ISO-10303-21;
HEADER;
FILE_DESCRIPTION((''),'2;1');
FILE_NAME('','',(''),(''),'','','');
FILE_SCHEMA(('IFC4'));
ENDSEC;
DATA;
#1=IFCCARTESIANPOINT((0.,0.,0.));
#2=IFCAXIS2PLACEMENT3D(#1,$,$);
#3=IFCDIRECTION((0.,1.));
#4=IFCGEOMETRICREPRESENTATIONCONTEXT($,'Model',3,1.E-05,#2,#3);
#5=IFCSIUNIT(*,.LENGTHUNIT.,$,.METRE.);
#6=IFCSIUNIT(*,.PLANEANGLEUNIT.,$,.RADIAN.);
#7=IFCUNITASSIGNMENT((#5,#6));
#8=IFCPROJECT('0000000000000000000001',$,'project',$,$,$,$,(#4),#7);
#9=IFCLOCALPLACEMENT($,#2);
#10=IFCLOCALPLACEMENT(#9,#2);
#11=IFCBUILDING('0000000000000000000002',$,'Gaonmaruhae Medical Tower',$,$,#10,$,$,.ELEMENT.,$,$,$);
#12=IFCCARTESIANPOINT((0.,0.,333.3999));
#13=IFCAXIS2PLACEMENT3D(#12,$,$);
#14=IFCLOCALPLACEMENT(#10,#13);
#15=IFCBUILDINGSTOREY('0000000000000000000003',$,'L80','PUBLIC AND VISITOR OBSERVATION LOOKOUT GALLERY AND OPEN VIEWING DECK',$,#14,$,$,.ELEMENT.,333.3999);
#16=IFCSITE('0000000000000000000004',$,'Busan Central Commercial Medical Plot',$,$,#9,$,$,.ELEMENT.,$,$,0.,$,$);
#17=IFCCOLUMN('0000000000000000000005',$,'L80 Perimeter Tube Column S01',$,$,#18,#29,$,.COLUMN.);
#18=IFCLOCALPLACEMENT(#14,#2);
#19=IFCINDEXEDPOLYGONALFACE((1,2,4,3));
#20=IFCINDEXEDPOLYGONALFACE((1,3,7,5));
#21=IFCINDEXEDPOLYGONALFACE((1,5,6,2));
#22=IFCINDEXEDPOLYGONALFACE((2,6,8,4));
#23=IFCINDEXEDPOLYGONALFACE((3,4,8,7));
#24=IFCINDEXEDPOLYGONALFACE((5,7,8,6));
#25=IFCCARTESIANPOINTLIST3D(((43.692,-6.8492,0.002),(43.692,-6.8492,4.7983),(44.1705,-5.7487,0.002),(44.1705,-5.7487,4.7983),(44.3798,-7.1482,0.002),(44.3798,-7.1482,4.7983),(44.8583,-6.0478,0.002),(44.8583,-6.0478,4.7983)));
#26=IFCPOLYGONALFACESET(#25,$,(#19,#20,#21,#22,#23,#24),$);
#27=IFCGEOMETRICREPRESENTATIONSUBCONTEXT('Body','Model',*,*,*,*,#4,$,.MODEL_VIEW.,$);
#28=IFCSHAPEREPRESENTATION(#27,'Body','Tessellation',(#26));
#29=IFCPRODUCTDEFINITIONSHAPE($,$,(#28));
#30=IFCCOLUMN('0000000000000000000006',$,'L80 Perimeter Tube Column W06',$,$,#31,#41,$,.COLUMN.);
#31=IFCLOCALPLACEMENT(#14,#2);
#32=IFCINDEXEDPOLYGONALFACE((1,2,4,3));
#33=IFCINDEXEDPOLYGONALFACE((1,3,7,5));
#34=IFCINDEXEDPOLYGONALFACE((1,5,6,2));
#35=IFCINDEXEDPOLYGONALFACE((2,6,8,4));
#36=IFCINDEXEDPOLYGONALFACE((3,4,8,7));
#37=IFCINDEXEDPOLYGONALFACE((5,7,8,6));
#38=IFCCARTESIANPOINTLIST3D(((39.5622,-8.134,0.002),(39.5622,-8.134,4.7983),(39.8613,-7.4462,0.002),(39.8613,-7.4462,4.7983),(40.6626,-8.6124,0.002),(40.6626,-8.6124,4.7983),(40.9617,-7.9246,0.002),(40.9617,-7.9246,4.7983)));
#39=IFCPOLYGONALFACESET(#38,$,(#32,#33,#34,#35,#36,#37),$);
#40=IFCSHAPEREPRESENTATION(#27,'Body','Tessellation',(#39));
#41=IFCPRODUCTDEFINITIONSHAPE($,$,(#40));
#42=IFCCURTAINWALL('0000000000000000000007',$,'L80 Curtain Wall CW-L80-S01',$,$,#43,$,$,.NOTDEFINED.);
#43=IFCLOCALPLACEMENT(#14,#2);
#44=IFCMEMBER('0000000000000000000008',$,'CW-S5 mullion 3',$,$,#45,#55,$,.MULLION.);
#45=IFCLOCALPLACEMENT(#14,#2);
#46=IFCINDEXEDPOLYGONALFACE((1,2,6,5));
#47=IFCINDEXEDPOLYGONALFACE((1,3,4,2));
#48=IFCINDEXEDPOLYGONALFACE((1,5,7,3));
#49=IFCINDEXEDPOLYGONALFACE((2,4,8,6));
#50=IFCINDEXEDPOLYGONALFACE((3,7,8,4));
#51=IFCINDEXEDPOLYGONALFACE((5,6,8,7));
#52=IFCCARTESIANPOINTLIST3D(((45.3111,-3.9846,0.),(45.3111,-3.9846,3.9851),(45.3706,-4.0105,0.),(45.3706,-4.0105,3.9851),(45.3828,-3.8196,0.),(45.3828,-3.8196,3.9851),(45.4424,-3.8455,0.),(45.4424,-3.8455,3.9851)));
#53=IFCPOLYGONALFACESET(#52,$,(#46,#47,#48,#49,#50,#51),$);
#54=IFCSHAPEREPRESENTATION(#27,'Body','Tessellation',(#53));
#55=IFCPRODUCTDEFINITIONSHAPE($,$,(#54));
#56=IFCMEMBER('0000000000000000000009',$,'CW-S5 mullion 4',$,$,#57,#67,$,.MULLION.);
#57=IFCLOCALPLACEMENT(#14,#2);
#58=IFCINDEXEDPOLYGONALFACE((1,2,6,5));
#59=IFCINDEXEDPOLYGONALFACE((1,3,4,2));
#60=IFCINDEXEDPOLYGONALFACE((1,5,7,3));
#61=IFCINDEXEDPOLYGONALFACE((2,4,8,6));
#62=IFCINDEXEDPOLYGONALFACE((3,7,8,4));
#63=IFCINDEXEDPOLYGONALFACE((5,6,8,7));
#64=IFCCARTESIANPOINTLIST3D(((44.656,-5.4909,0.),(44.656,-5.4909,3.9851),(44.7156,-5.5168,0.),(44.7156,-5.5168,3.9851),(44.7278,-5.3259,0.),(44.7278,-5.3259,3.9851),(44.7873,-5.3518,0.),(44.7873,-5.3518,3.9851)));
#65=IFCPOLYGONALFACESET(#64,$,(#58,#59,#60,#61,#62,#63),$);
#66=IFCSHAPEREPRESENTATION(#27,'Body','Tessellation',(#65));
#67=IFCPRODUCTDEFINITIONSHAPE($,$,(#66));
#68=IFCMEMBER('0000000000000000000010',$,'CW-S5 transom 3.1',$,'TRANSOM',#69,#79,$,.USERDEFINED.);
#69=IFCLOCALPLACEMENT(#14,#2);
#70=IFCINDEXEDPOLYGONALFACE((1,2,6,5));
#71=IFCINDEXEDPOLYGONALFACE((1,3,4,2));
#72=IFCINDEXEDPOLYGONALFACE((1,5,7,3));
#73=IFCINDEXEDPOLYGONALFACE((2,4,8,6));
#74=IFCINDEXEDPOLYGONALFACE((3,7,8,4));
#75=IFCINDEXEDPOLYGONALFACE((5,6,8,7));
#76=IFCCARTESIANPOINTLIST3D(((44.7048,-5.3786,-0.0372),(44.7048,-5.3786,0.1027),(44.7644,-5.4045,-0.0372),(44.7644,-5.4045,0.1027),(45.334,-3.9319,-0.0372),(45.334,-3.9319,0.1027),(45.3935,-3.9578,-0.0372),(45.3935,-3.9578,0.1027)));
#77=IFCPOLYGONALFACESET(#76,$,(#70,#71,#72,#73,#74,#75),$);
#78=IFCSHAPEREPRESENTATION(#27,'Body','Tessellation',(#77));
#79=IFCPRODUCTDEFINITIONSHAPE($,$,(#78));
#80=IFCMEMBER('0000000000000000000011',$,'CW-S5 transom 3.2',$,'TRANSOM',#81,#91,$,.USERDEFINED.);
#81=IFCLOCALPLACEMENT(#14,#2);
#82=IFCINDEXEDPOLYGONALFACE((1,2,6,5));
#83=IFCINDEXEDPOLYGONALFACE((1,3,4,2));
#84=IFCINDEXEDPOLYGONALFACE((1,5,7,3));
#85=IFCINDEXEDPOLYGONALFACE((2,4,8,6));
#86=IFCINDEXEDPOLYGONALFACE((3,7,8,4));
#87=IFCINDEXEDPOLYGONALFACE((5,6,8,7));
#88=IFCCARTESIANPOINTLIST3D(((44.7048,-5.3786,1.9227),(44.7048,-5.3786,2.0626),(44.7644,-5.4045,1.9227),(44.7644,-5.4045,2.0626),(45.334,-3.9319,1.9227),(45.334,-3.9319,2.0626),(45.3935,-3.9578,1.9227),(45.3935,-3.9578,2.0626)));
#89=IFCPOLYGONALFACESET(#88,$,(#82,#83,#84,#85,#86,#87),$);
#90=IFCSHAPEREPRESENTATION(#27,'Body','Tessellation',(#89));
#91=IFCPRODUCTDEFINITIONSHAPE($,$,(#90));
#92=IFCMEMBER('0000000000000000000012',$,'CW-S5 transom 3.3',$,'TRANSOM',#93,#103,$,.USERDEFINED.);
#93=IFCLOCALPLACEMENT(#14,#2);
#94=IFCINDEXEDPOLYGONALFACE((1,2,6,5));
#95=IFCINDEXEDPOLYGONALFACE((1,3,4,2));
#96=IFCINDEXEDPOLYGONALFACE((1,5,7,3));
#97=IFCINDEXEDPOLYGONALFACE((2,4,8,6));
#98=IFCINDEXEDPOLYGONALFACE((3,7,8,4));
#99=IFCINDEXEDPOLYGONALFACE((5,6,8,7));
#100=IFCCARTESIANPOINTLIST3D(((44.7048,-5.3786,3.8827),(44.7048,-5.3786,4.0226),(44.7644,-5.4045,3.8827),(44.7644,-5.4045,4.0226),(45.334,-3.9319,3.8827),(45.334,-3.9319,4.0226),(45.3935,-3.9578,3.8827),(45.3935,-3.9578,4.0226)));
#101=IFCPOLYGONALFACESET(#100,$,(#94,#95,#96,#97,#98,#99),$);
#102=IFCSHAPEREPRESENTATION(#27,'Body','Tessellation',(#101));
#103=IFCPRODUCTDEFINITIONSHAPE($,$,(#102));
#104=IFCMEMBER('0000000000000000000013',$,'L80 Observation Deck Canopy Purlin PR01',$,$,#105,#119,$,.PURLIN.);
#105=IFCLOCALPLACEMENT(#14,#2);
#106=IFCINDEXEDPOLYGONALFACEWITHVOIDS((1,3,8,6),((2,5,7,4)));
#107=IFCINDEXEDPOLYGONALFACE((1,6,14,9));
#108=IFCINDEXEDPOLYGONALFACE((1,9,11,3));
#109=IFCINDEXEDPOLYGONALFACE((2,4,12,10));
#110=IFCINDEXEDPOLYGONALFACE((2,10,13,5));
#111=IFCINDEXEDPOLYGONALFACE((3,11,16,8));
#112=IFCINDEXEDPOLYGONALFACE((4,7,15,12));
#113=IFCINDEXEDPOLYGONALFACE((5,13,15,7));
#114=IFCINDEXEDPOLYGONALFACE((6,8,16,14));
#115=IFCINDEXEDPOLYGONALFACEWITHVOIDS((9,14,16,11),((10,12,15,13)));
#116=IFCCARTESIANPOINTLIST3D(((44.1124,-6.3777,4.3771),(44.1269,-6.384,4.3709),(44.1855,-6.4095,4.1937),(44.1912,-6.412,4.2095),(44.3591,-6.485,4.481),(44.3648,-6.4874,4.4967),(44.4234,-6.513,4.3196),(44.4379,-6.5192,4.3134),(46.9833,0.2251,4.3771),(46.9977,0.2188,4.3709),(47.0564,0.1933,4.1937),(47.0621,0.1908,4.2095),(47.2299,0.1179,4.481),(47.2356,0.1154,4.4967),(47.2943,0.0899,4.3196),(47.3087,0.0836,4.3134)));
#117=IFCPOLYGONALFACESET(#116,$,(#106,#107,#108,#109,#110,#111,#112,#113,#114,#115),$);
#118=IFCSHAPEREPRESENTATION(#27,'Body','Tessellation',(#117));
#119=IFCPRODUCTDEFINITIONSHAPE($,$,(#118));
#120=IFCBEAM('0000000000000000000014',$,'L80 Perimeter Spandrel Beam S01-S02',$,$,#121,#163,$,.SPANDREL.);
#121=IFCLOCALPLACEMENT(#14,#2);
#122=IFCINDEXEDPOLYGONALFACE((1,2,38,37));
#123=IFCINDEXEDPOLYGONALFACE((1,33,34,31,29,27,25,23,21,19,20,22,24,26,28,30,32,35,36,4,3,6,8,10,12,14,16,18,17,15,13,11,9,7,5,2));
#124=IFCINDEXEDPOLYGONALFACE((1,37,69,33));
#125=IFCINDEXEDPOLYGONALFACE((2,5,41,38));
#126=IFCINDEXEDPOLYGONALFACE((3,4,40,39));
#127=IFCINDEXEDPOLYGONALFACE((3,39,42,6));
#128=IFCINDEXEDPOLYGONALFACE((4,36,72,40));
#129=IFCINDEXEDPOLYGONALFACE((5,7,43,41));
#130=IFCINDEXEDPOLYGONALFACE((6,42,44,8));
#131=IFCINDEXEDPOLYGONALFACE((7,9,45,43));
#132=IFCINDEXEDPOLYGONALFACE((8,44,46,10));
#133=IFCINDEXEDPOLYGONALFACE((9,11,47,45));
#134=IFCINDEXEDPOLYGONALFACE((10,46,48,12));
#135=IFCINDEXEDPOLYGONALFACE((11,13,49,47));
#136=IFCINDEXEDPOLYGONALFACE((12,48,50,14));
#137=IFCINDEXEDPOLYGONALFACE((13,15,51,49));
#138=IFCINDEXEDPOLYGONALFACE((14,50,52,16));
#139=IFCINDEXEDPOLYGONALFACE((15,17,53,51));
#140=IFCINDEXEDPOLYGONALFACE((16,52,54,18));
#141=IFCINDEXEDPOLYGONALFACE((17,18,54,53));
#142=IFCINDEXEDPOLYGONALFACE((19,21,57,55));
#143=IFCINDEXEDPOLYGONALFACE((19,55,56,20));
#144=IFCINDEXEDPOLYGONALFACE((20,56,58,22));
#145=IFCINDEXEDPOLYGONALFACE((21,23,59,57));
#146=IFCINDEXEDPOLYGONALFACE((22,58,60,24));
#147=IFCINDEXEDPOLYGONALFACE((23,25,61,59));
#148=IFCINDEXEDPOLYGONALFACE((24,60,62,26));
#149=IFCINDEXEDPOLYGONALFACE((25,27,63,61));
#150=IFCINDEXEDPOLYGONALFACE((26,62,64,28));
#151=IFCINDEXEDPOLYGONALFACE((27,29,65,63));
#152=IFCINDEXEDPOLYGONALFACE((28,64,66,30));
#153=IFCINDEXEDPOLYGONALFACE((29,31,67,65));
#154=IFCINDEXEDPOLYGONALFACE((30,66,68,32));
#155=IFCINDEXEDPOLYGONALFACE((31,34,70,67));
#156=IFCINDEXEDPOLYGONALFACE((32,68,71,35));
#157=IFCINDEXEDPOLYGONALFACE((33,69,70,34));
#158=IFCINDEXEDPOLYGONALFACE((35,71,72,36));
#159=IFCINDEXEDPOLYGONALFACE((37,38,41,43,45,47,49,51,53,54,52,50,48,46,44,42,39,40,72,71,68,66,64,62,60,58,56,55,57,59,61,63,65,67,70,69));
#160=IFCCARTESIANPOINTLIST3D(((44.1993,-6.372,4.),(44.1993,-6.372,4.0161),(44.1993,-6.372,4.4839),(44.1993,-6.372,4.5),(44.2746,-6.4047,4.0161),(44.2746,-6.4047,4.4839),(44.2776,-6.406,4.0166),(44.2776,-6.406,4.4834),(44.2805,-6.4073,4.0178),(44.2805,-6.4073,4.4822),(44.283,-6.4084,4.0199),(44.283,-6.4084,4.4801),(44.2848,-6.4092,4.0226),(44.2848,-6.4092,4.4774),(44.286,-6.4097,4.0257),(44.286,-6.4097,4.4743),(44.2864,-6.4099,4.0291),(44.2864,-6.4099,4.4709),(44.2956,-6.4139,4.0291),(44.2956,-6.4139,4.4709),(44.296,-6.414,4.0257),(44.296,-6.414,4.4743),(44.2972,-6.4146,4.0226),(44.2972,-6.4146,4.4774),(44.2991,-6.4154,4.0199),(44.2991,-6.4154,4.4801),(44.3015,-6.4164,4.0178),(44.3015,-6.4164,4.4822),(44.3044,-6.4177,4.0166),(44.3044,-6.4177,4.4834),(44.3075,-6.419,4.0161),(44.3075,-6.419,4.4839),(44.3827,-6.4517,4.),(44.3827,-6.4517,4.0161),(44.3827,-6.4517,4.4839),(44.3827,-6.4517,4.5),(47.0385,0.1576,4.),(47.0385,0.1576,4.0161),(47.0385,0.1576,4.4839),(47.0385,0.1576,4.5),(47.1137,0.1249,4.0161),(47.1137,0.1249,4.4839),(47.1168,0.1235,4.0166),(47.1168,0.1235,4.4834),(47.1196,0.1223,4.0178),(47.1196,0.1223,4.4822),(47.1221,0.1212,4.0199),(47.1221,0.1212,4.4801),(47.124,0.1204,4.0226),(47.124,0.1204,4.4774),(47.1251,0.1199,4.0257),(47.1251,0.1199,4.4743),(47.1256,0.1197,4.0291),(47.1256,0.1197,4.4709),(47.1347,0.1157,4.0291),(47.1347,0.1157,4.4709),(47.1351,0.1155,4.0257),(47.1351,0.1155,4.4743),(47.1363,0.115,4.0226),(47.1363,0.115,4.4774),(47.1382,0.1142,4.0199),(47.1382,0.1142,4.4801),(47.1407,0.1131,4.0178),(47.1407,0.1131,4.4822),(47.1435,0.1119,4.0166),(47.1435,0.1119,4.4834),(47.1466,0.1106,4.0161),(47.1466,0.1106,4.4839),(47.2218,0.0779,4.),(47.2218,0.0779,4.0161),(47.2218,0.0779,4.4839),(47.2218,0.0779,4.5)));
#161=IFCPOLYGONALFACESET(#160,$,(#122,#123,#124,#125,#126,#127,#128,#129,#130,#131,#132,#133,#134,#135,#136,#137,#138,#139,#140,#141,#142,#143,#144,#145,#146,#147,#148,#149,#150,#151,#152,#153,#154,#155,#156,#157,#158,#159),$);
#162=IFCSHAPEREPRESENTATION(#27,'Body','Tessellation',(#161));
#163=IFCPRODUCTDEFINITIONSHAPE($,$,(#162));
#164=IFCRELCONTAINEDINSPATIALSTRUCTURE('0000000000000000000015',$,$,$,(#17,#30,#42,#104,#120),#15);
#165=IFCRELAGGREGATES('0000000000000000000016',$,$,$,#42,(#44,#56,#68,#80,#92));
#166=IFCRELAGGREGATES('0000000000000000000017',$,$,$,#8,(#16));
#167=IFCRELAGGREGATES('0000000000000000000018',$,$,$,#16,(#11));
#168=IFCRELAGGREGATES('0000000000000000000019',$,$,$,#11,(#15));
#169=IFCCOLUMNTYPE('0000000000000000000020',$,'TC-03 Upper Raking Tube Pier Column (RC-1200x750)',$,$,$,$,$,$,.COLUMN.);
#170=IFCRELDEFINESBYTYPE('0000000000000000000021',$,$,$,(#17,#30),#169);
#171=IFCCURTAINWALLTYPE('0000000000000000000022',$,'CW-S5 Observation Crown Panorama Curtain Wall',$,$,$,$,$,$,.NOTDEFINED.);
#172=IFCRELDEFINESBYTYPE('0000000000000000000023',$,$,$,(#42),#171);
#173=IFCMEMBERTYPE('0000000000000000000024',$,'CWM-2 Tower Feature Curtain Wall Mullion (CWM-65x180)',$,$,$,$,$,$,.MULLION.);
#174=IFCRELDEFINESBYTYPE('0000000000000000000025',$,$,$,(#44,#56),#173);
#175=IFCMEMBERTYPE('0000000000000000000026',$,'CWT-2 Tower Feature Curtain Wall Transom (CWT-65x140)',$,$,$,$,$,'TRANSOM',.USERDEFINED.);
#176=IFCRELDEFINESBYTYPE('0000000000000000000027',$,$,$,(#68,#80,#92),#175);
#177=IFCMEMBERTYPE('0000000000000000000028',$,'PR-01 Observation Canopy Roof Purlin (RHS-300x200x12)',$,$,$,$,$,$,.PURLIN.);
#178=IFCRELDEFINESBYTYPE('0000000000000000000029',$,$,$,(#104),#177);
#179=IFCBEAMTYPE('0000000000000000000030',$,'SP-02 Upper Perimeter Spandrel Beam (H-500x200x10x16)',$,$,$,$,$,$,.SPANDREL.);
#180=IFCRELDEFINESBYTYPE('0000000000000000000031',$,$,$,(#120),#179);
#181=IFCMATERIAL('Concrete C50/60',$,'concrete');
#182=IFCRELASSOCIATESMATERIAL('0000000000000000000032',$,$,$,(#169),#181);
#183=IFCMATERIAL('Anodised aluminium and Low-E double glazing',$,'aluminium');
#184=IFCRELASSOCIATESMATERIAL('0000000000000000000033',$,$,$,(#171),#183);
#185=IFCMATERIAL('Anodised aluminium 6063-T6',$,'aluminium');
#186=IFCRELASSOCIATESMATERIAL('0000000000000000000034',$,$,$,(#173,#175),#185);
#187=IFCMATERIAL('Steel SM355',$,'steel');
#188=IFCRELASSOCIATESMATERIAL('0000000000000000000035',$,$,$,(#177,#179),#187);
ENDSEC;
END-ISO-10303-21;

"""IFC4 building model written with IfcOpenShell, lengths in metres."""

from ifc_helpers import new_model, si_unit, direction, frame, origin, origin_2d, place, context, subcontext, project, spatial, rectangle, hollow_rectangle, i_section, extrude, material, material_profile, profile_set, type_object, element, aggregate, save


model = new_model("IFC4")

# Units and contexts
model_context = context("Model", 3, precision=1e-05, world=origin(), true_north=direction((0.0, 1.0)))
body_context = subcontext(model_context, "Body", "Model", "MODEL_VIEW")
ifc_project = project(units=[si_unit("LENGTHUNIT", "METRE"), si_unit("PLANEANGLEUNIT", "RADIAN")], contexts=[model_context])

# Site, building, storey
site_placement = place(None, origin())
site = spatial("IfcSite", under=ifc_project, at=site_placement, Name="Busan Central Commercial Medical Plot", CompositionType="ELEMENT", RefElevation=0.0)
building_placement = place(site_placement, origin())
building = spatial("IfcBuilding", under=site, at=building_placement, Name="Gaonmaruhae Medical Tower", CompositionType="ELEMENT")
storey_placement = place(building_placement, frame((0.0, 0.0, 333.3999)))
storey = spatial("IfcBuildingStorey", under=building, at=storey_placement, Name="L80", Description="PUBLIC AND VISITOR OBSERVATION LOOKOUT GALLERY AND OPEN VIEWING DECK", CompositionType="ELEMENT", Elevation=333.3999)

# Columns
ifc_material_1 = material(Name="Concrete C50/60", Category="concrete")
ifc_material_profile_1 = material_profile(ifc_material_1, rectangle(XDim=1.2, YDim=0.75, at=origin_2d()), Name="RC-1200x750")
ifc_profile_set_1 = profile_set([ifc_material_profile_1], Name="Concrete C50/60")
column_type = type_object("IfcColumnType", Name="TC-03 Upper Raking Tube Pier Column (RC-1200x750)", PredefinedType="COLUMN", material=ifc_profile_set_1)
for number, where, z_axis, x_axis, name in (
    (1, (44.2751, -6.4485, 0.002), (0.0, 0.0, 1.0), (0.398749, 0.91706, 0.0), "L80 Perimeter Tube Column S01"),
    (2, (40.262, -8.0293, 0.002), (0.0, 0.0, 1.0), (-0.91706, 0.398749, 0.0), "L80 Perimeter Tube Column W06"),
):
    element("IfcColumn", number, at=place(storey_placement, frame(where, z_axis=z_axis, x_axis=x_axis)), inside=storey, type_object=column_type, Name=name, PredefinedType="COLUMN", context=body_context, shape_type="SweptSolid", body=[
        extrude(rectangle(XDim=1.2, YDim=0.75, at=origin_2d()), origin(), (0.0, 0.0, 1.0), 4.7964),
    ])

# Curtain wall, members
ifc_material_2 = material(Name="Anodised aluminium and Low-E double glazing", Category="aluminium")
curtain_wall_type = type_object("IfcCurtainWallType", Name="CW-S5 Observation Crown Panorama Curtain Wall", PredefinedType="NOTDEFINED", material=ifc_material_2)
curtain_wall_placement = place(storey_placement, origin())
curtain_wall = element("IfcCurtainWall", 3, at=curtain_wall_placement, inside=storey, type_object=curtain_wall_type, Name="L80 Curtain Wall CW-L80-S01", PredefinedType="NOTDEFINED")
ifc_material_3 = material(Name="Anodised aluminium 6063-T6", Category="aluminium")
ifc_material_profile_2 = material_profile(ifc_material_3, rectangle(XDim=0.0649, YDim=0.1799, at=origin_2d()), Name="CWM-65x180")
ifc_profile_set_2 = profile_set([ifc_material_profile_2], Name="Anodised aluminium 6063-T6")
member_type_1 = type_object("IfcMemberType", Name="CWM-2 Tower Feature Curtain Wall Mullion (CWM-65x180)", PredefinedType="MULLION", material=ifc_profile_set_2)
member_1_placement = place(storey_placement, frame((45.3767, -3.915, 0.0), z_axis=(0.0, 0.0, 1.0), x_axis=(0.917068, -0.398732, 0.0)))
member_1 = element("IfcMember", 4, at=member_1_placement, type_object=member_type_1, Name="CW-S5 mullion 3", PredefinedType="MULLION", context=body_context, shape_type="SweptSolid", body=[
    extrude(rectangle(XDim=0.0649, YDim=0.1799, at=origin_2d()), origin(), (0.0, 0.0, 1.0), 3.9851),
])
member_2_placement = place(storey_placement, frame((44.7217, -5.4214, 0.0), z_axis=(0.0, 0.0, 1.0), x_axis=(0.917068, -0.398732, 0.0)))
member_2 = element("IfcMember", 5, at=member_2_placement, type_object=member_type_1, Name="CW-S5 mullion 4", PredefinedType="MULLION", context=body_context, shape_type="SweptSolid", body=[
    extrude(rectangle(XDim=0.0649, YDim=0.1799, at=origin_2d()), origin(), (0.0, 0.0, 1.0), 3.9851),
])
ifc_material_profile_3 = material_profile(ifc_material_3, rectangle(XDim=0.0649, YDim=0.1399, at=origin_2d()), Name="CWT-65x140")
ifc_profile_set_3 = profile_set([ifc_material_profile_3], Name="Anodised aluminium 6063-T6")
member_type_2 = type_object("IfcMemberType", Name="CWT-2 Tower Feature Curtain Wall Transom (CWT-65x140)", ElementType="TRANSOM", PredefinedType="USERDEFINED", material=ifc_profile_set_3)
member_3_placement = place(storey_placement, frame((45.3638, -3.9448, 0.0327), z_axis=(-0.398788, -0.917043, 0.0), x_axis=(0.917043, -0.398788, 0.0)))
member_3 = element("IfcMember", 6, at=member_3_placement, type_object=member_type_2, Name="CW-S5 transom 3.1", ObjectType="TRANSOM", PredefinedType="USERDEFINED", context=body_context, shape_type="SweptSolid", body=[
    extrude(rectangle(XDim=0.0649, YDim=0.1399, at=origin_2d()), origin(), (0.0, 0.0, 1.0), 1.5776),
])
member_4_placement = place(storey_placement, frame((45.3638, -3.9448, 1.9927), z_axis=(-0.398788, -0.917043, 0.0), x_axis=(0.917043, -0.398788, 0.0)))
member_4 = element("IfcMember", 7, at=member_4_placement, type_object=member_type_2, Name="CW-S5 transom 3.2", ObjectType="TRANSOM", PredefinedType="USERDEFINED", context=body_context, shape_type="SweptSolid", body=[
    extrude(rectangle(XDim=0.0649, YDim=0.1399, at=origin_2d()), origin(), (0.0, 0.0, 1.0), 1.5776),
])
member_5_placement = place(storey_placement, frame((45.3638, -3.9448, 3.9526), z_axis=(-0.398788, -0.917043, 0.0), x_axis=(0.917043, -0.398788, 0.0)))
member_5 = element("IfcMember", 8, at=member_5_placement, type_object=member_type_2, Name="CW-S5 transom 3.3", ObjectType="TRANSOM", PredefinedType="USERDEFINED", context=body_context, shape_type="SweptSolid", body=[
    extrude(rectangle(XDim=0.0649, YDim=0.1399, at=origin_2d()), origin(), (0.0, 0.0, 1.0), 1.5776),
])

# Member
ifc_material_4 = material(Name="Steel SM355", Category="steel")
ifc_material_profile_4 = material_profile(ifc_material_4, hollow_rectangle(XDim=0.2, YDim=0.3, WallThickness=0.012, at=origin_2d()), Name="RHS-300x200x12")
ifc_profile_set_4 = profile_set([ifc_material_profile_4], Name="Steel SM355")
member_type_3 = type_object("IfcMemberType", Name="PR-01 Observation Canopy Roof Purlin (RHS-300x200x12)", PredefinedType="PURLIN", material=ifc_profile_set_4)
member_6_placement = place(storey_placement, frame((44.2751, -6.4485, 4.3452), z_axis=(0.398735, 0.917066, 0.0), x_axis=(-0.365679, 0.158995, 0.91706)))
element("IfcMember", 9, at=member_6_placement, inside=storey, type_object=member_type_3, Name="L80 Observation Deck Canopy Purlin PR01", PredefinedType="PURLIN", context=body_context, shape_type="SweptSolid", body=[
    extrude(hollow_rectangle(XDim=0.2, YDim=0.3, WallThickness=0.012, at=origin_2d()), origin(), (0.0, 0.0, 1.0), 7.2),
])

# Beam
ifc_material_profile_5 = material_profile(ifc_material_4, i_section(OverallWidth=0.2, OverallDepth=0.5, WebThickness=0.01, FlangeThickness=0.0161, FilletRadius=0.0129, at=origin_2d()), Name="H-500x200x10x16")
ifc_profile_set_5 = profile_set([ifc_material_profile_5], Name="Steel SM355")
beam_type = type_object("IfcBeamType", Name="SP-02 Upper Perimeter Spandrel Beam (H-500x200x10x16)", PredefinedType="SPANDREL", material=ifc_profile_set_5)
beam_1_placement = place(storey_placement, frame((44.291, -6.4119, 4.25), z_axis=(0.398747, 0.917061, 0.0), x_axis=(-0.917061, 0.398747, 0.0)))
element("IfcBeam", 10, at=beam_1_placement, inside=storey, type_object=beam_type, Name="L80 Perimeter Spandrel Beam S01-S02", PredefinedType="SPANDREL", context=body_context, shape_type="SweptSolid", body=[
    extrude(i_section(OverallWidth=0.2, OverallDepth=0.5, WebThickness=0.01, FlangeThickness=0.0161, FilletRadius=0.0129, at=origin_2d()), origin(), (0.0, 0.0, 1.0), 7.1201),
])

aggregate(curtain_wall, [member_1, member_2, member_3, member_4, member_5])

save(model, "model.ifc")
